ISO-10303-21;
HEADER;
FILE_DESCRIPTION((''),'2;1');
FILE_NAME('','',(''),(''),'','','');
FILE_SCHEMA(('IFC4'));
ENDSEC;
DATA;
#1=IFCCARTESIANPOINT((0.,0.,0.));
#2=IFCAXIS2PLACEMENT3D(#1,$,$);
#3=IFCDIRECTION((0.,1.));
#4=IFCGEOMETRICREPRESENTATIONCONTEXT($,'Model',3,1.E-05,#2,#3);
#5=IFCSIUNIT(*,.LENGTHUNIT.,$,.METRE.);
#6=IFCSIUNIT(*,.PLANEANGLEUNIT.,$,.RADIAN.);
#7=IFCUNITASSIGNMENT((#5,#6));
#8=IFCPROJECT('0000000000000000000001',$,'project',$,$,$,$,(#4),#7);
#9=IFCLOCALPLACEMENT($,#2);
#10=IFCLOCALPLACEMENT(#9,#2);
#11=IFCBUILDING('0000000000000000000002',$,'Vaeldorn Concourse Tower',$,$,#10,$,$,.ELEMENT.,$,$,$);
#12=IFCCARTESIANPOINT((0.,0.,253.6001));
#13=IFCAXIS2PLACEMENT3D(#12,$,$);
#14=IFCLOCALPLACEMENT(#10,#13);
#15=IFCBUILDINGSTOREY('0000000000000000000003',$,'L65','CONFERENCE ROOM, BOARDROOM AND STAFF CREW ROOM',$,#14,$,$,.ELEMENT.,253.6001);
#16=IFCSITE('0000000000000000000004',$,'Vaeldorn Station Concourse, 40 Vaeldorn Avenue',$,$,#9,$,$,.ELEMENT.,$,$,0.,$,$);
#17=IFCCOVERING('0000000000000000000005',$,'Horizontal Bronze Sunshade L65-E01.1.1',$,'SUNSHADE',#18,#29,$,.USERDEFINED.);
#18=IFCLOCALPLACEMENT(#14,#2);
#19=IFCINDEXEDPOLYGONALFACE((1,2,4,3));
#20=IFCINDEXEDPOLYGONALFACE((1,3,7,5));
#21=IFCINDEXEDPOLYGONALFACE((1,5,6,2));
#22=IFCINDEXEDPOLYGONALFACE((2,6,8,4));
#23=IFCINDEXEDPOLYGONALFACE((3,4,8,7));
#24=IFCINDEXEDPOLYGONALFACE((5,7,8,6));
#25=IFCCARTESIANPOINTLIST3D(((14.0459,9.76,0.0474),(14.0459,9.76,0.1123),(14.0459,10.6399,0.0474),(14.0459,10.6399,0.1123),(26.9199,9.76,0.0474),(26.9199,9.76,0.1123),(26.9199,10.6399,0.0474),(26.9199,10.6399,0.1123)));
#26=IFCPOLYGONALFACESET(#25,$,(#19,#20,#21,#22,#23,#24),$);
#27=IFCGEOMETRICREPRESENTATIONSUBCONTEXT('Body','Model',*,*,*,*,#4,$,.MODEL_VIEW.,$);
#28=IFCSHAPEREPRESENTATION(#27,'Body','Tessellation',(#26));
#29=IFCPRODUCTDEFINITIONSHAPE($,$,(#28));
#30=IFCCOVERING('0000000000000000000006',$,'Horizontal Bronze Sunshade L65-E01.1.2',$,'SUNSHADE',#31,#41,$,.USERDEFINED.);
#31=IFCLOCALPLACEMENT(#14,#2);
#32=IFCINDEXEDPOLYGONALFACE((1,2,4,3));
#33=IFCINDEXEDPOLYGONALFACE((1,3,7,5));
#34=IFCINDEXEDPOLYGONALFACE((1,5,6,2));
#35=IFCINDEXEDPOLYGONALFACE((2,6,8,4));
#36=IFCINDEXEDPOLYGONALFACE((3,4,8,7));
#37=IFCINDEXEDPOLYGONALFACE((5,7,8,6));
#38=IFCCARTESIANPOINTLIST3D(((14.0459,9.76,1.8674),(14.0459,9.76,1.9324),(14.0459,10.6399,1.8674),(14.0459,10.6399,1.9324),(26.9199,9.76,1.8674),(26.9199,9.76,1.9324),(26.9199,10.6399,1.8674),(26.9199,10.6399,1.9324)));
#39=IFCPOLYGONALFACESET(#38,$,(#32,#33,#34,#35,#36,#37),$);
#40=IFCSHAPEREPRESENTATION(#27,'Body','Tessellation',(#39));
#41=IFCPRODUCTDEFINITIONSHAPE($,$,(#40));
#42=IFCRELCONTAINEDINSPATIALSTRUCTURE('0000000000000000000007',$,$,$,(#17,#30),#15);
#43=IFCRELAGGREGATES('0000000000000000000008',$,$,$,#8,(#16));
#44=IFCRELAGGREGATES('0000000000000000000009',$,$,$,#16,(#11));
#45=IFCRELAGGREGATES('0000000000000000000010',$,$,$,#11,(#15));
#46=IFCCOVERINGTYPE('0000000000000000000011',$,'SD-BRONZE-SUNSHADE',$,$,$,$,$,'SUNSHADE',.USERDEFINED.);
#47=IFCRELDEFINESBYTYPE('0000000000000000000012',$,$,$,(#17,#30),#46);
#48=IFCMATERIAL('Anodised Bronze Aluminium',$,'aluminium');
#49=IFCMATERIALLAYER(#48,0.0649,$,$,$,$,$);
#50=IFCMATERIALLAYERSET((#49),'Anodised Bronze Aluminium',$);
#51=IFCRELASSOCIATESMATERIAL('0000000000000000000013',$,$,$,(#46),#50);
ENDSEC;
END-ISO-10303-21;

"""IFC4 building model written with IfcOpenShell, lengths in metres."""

from ifc_helpers import new_model, si_unit, direction, frame, origin, origin_2d, place, context, subcontext, project, spatial, rectangle, extrude, source, transform, mapped, material, layer, layer_set, type_object, element, save


model = new_model("IFC4")

# Units and contexts
model_context = context("Model", 3, precision=1e-05, world=origin(), true_north=direction((0.0, 1.0)))
body_context = subcontext(model_context, "Body", "Model", "MODEL_VIEW")
ifc_project = project(units=[si_unit("LENGTHUNIT", "METRE"), si_unit("PLANEANGLEUNIT", "RADIAN")], contexts=[model_context])

# Site, building, storey
site_placement = place(None, origin())
site = spatial("IfcSite", under=ifc_project, at=site_placement, Name="Vaeldorn Station Concourse, 40 Vaeldorn Avenue", CompositionType="ELEMENT", RefElevation=0.0)
building_placement = place(site_placement, origin())
building = spatial("IfcBuilding", under=site, at=building_placement, Name="Vaeldorn Concourse Tower", CompositionType="ELEMENT")
storey_placement = place(building_placement, frame((0.0, 0.0, 253.6001)))
storey = spatial("IfcBuildingStorey", under=building, at=storey_placement, Name="L65", Description="CONFERENCE ROOM, BOARDROOM AND STAFF CREW ROOM", CompositionType="ELEMENT", Elevation=253.6001)

# Shared definitions
ifc_material_1 = material(Name="Anodised Bronze Aluminium", Category="aluminium")

# Coverings
ifc_layer_1 = layer(ifc_material_1, 0.0649)
ifc_layer_set_1 = layer_set([ifc_layer_1], Name="Anodised Bronze Aluminium")
covering_type = type_object("IfcCoveringType", Name="SD-BRONZE-SUNSHADE", ElementType="SUNSHADE", PredefinedType="USERDEFINED", material=ifc_layer_set_1)
shared_shape_1 = source(origin(), body_context, "Body", "SweptSolid", [
    extrude(rectangle(XDim=12.874, YDim=0.8799, at=origin_2d()), origin(), (0.0, 0.0, 1.0), 0.0649),
])
for number, where, z_axis, x_axis, name in (
    (1, (20.4829, 10.2, 0.0474), (0.0, 0.0, 1.0), (1.0, 0.0, 0.0), "Horizontal Bronze Sunshade L65-E01.1.1"),
    (2, (20.4829, 10.2, 1.8674), (0.0, 0.0, 1.0), (1.0, 0.0, 0.0), "Horizontal Bronze Sunshade L65-E01.1.2"),
):
    element("IfcCovering", number, at=place(storey_placement, frame(where, z_axis=z_axis, x_axis=x_axis)), inside=storey, type_object=covering_type, Name=name, ObjectType="SUNSHADE", PredefinedType="USERDEFINED", context=body_context, shape_type="MappedRepresentation", body=[
        mapped(shared_shape_1, transform((0.0, 0.0, 0.0), scale=1.0)),
    ])

save(model, "model.ifc")
